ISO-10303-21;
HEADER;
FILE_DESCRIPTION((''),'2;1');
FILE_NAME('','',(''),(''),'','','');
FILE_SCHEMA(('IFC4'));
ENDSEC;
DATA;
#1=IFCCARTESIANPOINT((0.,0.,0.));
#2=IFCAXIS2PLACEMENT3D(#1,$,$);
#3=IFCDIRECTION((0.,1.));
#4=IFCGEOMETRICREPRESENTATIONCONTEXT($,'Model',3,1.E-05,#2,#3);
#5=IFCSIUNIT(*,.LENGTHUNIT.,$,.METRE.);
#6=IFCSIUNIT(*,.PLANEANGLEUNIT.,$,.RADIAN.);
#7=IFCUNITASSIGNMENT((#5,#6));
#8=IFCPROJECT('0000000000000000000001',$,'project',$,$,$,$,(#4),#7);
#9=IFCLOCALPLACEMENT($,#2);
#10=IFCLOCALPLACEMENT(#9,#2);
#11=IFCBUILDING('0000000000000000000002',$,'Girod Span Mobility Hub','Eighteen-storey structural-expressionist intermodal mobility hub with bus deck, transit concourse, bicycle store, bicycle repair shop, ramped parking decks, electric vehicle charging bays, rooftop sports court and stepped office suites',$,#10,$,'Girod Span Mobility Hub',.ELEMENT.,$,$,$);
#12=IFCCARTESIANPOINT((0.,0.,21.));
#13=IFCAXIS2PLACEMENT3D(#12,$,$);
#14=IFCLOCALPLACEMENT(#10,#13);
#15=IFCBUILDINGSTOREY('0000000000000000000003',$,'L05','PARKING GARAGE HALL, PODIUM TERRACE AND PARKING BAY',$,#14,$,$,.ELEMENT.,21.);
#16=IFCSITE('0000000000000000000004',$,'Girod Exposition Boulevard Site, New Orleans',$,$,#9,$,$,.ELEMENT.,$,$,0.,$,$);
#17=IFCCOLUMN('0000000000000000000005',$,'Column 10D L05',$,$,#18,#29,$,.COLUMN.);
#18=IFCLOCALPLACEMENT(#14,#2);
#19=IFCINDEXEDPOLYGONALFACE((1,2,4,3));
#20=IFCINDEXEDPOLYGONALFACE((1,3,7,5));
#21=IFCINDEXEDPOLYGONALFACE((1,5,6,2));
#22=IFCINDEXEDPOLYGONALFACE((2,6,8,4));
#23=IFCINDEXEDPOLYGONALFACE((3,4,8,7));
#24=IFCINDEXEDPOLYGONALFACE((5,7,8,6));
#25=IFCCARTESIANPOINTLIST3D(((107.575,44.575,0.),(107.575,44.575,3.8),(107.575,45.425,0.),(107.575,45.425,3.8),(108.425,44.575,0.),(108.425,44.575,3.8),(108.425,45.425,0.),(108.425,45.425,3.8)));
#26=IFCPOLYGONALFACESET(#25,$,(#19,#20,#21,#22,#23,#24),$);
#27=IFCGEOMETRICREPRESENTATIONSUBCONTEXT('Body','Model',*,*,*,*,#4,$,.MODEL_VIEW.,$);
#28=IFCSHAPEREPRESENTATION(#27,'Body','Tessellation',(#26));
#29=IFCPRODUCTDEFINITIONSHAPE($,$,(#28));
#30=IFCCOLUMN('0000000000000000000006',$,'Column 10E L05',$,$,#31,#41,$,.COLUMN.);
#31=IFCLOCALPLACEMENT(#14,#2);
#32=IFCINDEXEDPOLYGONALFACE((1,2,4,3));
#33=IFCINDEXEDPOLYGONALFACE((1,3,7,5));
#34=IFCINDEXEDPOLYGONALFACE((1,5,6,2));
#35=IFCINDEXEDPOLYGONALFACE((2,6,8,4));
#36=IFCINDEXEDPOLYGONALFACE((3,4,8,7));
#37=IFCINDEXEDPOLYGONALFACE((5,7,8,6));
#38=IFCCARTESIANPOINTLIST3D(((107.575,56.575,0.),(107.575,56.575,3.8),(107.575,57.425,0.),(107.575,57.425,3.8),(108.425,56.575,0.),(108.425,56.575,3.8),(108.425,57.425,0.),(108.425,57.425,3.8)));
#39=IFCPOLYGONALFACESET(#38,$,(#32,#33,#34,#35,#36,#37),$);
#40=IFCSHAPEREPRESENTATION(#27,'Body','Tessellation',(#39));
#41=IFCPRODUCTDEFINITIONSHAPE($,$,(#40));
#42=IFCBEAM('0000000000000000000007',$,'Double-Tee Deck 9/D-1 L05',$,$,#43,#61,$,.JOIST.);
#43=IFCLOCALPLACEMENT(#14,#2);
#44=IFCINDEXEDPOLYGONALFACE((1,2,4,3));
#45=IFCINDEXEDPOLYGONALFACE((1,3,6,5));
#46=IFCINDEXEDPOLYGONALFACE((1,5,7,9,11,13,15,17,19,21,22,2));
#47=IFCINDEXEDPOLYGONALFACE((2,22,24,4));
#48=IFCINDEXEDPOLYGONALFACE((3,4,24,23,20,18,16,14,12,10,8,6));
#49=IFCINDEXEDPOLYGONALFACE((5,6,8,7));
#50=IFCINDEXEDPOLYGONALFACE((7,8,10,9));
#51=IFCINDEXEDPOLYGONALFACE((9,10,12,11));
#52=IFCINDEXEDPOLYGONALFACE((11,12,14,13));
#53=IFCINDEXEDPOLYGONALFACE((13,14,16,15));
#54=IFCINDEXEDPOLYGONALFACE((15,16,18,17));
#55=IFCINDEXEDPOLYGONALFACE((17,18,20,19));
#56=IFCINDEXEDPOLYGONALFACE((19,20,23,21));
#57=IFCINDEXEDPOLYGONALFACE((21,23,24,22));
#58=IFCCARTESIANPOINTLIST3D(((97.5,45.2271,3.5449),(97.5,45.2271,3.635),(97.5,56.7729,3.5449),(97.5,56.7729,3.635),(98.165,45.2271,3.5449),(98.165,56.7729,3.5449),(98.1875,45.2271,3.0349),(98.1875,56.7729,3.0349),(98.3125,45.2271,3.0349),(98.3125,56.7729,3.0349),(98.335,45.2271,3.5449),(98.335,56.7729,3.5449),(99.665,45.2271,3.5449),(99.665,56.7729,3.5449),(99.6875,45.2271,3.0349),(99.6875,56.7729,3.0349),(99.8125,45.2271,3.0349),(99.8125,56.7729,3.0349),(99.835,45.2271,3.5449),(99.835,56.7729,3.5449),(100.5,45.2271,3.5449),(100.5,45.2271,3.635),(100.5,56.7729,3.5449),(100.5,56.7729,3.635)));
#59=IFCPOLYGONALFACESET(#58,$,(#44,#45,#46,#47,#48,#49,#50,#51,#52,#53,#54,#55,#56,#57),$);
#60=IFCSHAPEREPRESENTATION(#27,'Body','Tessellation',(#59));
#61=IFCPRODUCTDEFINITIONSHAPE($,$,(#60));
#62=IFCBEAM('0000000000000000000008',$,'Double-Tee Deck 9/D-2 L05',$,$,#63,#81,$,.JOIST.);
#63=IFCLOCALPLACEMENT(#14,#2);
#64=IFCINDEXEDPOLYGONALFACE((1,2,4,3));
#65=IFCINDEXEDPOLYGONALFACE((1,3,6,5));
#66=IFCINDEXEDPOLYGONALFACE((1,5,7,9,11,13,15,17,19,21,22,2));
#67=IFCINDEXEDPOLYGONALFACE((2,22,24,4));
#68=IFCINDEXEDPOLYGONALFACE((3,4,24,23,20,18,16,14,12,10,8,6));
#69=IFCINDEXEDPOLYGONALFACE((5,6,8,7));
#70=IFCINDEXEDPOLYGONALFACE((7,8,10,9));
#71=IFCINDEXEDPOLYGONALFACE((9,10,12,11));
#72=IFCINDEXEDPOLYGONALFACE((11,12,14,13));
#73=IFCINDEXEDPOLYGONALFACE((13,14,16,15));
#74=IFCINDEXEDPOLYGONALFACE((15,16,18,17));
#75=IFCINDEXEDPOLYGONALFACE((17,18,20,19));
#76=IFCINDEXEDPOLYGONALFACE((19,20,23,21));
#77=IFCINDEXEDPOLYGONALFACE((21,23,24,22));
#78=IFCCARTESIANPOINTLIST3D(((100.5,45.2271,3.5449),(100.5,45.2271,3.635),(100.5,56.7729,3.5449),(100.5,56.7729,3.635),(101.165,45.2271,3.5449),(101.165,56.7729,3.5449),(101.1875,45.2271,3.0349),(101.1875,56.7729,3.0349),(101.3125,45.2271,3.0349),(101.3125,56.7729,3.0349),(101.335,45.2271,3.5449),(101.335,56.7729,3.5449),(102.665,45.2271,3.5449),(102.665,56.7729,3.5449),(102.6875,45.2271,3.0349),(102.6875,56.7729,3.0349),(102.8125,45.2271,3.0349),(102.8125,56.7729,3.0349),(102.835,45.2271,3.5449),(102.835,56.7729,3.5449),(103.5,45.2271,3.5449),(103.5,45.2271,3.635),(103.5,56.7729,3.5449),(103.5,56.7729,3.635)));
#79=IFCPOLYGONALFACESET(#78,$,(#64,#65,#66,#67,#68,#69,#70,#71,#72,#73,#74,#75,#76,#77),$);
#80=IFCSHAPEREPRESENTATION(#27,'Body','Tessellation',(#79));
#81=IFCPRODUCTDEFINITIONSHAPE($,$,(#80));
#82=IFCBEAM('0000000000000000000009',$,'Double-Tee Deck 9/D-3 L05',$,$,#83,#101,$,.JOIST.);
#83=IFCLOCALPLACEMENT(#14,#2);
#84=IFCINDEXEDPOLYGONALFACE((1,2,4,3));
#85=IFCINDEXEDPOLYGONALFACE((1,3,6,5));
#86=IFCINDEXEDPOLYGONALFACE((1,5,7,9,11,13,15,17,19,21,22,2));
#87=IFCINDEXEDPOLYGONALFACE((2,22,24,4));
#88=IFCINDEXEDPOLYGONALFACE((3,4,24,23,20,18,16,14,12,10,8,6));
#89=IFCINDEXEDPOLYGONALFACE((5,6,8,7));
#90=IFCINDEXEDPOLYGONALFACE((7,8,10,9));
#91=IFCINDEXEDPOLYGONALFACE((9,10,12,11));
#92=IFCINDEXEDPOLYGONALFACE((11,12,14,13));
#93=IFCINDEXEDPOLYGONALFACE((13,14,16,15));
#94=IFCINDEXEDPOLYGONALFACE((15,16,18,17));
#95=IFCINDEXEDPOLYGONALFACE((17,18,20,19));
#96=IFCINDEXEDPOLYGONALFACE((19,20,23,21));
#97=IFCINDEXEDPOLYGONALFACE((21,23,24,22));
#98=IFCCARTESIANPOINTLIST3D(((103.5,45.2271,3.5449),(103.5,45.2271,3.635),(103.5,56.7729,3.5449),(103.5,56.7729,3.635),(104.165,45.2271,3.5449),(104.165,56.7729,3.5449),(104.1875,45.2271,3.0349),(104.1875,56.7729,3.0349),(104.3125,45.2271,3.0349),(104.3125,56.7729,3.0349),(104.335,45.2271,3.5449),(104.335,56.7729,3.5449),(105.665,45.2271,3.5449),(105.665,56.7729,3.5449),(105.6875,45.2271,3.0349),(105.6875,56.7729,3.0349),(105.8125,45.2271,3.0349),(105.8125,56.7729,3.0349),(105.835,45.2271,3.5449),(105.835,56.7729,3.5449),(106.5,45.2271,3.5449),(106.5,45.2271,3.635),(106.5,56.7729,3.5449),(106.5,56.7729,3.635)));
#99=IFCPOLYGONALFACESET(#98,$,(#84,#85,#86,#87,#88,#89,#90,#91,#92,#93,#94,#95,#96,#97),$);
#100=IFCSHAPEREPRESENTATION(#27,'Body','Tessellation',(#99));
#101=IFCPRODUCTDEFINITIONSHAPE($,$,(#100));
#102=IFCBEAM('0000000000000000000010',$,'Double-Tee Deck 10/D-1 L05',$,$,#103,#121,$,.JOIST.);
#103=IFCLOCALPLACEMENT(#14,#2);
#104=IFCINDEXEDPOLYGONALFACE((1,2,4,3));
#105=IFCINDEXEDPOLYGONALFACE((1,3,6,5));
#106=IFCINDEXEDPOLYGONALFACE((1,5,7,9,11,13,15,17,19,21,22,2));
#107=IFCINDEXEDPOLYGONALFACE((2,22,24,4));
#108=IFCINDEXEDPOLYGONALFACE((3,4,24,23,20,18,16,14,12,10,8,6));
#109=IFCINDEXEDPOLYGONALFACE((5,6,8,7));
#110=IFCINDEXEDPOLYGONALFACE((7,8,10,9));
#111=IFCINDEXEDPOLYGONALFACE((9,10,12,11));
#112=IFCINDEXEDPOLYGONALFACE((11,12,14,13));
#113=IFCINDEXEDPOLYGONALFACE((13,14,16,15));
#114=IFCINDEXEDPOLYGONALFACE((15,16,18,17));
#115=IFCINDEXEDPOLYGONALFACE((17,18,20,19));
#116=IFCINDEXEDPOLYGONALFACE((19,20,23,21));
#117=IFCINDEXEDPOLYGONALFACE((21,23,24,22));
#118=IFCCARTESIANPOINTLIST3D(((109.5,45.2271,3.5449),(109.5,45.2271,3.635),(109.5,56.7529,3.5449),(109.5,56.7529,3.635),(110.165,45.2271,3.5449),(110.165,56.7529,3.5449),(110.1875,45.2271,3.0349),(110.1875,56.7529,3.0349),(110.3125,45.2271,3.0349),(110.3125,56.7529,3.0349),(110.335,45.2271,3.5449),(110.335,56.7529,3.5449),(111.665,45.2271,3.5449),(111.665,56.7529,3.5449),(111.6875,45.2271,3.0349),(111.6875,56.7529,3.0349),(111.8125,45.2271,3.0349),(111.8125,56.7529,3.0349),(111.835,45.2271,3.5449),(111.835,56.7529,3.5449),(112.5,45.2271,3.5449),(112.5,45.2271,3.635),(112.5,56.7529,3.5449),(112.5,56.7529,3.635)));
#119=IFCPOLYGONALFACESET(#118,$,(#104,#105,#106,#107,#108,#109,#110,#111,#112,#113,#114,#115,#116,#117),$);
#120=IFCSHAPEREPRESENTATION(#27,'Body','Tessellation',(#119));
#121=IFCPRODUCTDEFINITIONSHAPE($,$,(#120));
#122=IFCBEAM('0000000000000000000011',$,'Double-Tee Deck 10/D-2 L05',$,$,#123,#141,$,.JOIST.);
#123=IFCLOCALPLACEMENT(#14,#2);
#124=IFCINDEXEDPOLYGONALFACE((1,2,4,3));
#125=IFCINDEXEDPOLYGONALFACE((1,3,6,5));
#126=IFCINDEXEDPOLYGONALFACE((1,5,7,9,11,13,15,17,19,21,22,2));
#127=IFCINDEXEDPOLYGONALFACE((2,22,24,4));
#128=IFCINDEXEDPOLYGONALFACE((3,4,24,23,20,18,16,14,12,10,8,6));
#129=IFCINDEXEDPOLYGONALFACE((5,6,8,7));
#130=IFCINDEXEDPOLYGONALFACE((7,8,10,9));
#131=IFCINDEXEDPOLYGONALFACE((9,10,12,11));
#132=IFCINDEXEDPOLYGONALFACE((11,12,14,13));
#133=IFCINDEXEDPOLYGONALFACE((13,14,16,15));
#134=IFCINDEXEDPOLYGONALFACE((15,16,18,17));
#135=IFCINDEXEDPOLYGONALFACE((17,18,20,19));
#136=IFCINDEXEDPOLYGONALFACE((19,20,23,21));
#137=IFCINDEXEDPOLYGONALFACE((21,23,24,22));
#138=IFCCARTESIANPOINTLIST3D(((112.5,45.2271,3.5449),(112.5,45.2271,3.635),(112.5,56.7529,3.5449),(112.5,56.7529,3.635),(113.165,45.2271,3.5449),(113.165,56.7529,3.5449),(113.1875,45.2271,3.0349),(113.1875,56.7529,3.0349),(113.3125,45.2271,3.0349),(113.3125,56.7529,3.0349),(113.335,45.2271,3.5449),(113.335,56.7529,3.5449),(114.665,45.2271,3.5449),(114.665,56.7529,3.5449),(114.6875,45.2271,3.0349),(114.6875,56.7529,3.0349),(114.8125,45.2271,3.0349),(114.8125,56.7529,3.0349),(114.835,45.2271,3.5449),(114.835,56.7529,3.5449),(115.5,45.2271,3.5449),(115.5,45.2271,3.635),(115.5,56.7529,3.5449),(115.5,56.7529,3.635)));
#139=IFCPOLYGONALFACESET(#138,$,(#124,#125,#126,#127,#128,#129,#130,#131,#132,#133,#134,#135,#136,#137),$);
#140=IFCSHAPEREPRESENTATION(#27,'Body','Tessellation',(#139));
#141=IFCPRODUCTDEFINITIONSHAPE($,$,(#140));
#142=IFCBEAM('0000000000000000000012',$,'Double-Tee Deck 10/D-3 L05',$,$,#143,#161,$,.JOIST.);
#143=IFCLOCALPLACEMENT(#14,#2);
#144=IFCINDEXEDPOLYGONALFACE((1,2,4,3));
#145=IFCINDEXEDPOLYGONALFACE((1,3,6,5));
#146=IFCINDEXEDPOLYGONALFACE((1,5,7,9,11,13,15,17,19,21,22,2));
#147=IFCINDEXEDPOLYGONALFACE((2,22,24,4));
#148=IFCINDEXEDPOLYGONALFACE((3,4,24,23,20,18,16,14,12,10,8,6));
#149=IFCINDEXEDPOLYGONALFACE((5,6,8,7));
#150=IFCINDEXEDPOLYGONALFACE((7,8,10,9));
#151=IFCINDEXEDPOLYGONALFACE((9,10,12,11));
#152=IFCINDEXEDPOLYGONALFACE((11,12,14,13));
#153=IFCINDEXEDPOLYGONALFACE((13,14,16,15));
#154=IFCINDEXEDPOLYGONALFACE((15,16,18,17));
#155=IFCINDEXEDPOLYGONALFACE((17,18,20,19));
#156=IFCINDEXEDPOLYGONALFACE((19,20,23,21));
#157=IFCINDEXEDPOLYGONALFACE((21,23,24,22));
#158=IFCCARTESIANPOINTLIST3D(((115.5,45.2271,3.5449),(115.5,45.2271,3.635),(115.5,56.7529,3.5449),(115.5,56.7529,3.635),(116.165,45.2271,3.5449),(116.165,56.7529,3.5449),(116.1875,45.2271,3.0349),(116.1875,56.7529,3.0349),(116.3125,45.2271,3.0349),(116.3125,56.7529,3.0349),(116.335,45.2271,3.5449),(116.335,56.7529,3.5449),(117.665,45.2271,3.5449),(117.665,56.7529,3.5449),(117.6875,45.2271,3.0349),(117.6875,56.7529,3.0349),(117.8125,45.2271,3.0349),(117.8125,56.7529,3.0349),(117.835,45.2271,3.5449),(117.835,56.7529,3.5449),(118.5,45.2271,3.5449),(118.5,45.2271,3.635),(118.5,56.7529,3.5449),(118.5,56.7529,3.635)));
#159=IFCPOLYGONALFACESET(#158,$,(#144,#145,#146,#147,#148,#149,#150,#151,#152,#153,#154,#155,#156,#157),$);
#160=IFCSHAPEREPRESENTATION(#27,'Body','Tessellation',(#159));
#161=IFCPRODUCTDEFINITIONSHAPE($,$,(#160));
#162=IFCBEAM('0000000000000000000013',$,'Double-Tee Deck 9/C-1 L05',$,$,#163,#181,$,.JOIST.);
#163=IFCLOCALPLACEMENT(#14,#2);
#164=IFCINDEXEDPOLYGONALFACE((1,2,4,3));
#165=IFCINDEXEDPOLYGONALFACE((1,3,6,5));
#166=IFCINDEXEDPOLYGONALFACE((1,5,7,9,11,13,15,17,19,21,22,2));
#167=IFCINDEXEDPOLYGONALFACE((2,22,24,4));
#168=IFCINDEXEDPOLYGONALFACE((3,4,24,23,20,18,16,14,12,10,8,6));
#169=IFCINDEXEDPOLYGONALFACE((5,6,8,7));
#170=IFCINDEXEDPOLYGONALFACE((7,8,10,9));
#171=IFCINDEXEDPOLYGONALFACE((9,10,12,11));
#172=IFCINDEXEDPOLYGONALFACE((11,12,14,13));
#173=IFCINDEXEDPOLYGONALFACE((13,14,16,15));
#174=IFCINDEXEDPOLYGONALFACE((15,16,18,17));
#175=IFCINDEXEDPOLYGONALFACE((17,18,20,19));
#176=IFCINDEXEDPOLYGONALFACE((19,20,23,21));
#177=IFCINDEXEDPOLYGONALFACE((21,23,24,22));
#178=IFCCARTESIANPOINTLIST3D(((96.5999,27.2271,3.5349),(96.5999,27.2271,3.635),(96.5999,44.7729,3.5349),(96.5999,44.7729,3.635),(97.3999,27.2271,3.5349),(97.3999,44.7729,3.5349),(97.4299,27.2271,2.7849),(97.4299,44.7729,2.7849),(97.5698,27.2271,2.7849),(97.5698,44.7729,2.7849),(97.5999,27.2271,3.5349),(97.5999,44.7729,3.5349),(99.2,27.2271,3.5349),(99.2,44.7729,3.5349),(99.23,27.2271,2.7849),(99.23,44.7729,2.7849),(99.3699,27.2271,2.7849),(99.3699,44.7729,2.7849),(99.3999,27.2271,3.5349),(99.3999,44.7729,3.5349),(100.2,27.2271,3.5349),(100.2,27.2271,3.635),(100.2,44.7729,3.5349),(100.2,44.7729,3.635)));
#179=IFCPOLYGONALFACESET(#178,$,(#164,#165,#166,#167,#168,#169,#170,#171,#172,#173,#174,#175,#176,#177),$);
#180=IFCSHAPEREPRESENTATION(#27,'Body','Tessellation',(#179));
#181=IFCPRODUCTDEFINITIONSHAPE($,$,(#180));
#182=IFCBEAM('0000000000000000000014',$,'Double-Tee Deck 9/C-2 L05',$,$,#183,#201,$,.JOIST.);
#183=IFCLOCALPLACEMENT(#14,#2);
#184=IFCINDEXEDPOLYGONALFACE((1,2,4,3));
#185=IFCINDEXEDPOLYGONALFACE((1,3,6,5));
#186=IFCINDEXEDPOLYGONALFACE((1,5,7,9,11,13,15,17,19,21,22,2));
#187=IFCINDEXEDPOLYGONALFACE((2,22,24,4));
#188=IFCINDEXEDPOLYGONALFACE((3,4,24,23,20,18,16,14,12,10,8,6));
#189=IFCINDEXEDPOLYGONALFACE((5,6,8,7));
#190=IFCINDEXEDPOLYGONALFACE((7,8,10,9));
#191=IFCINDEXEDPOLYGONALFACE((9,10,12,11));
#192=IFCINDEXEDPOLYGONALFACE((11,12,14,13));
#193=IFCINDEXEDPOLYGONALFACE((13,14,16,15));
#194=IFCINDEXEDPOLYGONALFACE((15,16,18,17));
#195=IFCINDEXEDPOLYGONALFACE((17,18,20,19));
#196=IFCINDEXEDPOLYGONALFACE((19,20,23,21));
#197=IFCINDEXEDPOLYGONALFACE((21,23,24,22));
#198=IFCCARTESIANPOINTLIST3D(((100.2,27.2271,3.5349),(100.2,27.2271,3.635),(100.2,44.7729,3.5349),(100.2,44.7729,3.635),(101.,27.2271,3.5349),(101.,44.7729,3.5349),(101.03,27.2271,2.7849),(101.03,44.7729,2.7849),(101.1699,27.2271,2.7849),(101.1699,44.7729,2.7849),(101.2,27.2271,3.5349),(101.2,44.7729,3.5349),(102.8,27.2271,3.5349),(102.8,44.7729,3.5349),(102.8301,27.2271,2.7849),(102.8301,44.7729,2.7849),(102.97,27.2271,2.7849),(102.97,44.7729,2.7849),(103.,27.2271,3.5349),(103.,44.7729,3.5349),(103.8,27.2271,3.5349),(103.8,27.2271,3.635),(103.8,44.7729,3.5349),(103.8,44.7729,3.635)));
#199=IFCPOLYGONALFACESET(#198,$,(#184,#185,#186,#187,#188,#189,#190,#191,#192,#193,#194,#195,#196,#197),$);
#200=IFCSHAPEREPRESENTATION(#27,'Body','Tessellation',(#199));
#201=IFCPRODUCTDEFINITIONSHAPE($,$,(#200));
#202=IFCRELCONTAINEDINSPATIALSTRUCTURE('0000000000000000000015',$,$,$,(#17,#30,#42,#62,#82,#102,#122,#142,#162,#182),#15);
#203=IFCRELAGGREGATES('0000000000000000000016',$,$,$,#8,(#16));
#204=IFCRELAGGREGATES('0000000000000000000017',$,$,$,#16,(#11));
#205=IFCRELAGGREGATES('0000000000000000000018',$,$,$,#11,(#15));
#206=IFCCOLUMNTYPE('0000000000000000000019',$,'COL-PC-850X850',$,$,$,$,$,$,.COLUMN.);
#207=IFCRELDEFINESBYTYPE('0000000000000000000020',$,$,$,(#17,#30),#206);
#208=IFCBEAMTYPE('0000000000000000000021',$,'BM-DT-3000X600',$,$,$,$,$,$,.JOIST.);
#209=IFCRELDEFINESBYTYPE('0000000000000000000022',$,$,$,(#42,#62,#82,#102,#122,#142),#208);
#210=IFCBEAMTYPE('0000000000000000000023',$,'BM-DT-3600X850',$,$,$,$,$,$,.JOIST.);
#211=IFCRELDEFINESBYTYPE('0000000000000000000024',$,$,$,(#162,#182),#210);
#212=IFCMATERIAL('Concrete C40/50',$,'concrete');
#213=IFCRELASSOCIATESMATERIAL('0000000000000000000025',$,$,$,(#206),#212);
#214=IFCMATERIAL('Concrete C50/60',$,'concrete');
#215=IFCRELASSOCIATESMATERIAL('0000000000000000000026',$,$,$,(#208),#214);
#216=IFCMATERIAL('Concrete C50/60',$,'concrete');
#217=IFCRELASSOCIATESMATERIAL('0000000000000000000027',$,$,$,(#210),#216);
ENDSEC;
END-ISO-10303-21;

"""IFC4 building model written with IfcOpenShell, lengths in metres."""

from ifc_helpers import new_model, si_unit, direction, frame, origin, origin_2d, place, context, subcontext, project, spatial, polyline, rectangle, outline, extrude, material, material_profile, profile_set, type_object, element, save


model = new_model("IFC4")

# Units and contexts
model_context = context("Model", 3, precision=1e-05, world=origin(), true_north=direction((0.0, 1.0)))
body_context = subcontext(model_context, "Body", "Model", "MODEL_VIEW")
ifc_project = project(units=[si_unit("LENGTHUNIT", "METRE"), si_unit("PLANEANGLEUNIT", "RADIAN")], contexts=[model_context])

# Site, building, storey
site_placement = place(None, origin())
site = spatial("IfcSite", under=ifc_project, at=site_placement, Name="Girod Exposition Boulevard Site, New Orleans", CompositionType="ELEMENT", RefElevation=0.0)
building_placement = place(site_placement, origin())
building = spatial("IfcBuilding", under=site, at=building_placement, Name="Girod Span Mobility Hub", Description="Eighteen-storey structural-expressionist intermodal mobility hub with bus deck, transit concourse, bicycle store, bicycle repair shop, ramped parking decks, electric vehicle charging bays, rooftop sports court and stepped office suites", LongName="Girod Span Mobility Hub", CompositionType="ELEMENT")
storey_placement = place(building_placement, frame((0.0, 0.0, 21.0)))
storey = spatial("IfcBuildingStorey", under=building, at=storey_placement, Name="L05", Description="PARKING GARAGE HALL, PODIUM TERRACE AND PARKING BAY", CompositionType="ELEMENT", Elevation=21.0)

# Columns
ifc_material_1 = material(Name="Concrete C40/50", Category="concrete")
ifc_material_profile_1 = material_profile(ifc_material_1, rectangle(XDim=0.8501, YDim=0.8501, at=origin_2d()), Name="PC-COL-850X850")
ifc_profile_set_1 = profile_set([ifc_material_profile_1], Name="Concrete C40/50")
column_type = type_object("IfcColumnType", Name="COL-PC-850X850", PredefinedType="COLUMN", material=ifc_profile_set_1)
for number, where, z_axis, x_axis, name in (
    (1, (108.0, 45.0, 0.0), (0.0, 0.0, 1.0), (1.0, 0.0, 0.0), "Column 10D L05"),
    (2, (108.0, 57.0, 0.0), (0.0, 0.0, 1.0), (1.0, 0.0, 0.0), "Column 10E L05"),
):
    element("IfcColumn", number, at=place(storey_placement, frame(where, z_axis=z_axis, x_axis=x_axis)), inside=storey, type_object=column_type, Name=name, PredefinedType="COLUMN", context=body_context, shape_type="SweptSolid", body=[
        extrude(rectangle(XDim=0.8501, YDim=0.8501, at=origin_2d()), origin(), (0.0, 0.0, 1.0), 3.8),
    ])

# Beams
ifc_material_2 = material(Name="Concrete C50/60", Category="concrete")
ifc_material_profile_2 = material_profile(ifc_material_2, outline(polyline([(-1.5, 0.3), (-1.5, 0.21), (-0.835, 0.21), (-0.8125, -0.3), (-0.6875, -0.3), (-0.665, 0.21), (0.665, 0.21), (0.6875, -0.3), (0.8125, -0.3), (0.835, 0.21), (1.5, 0.21), (1.5, 0.3), (-1.5, 0.3)])), Name="DT-3000X600")
ifc_profile_set_2 = profile_set([ifc_material_profile_2], Name="Concrete C50/60")
beam_type_1 = type_object("IfcBeamType", Name="BM-DT-3000X600", PredefinedType="JOIST", material=ifc_profile_set_2)
for number, where, z_axis, x_axis, name in (
    (3, (99.0, 45.2271, 3.335), (0.0, 1.0, 0.0), (-1.0, 0.0, 0.0), "Double-Tee Deck 9/D-1 L05"),
    (4, (102.0, 45.2271, 3.335), (0.0, 1.0, 0.0), (-1.0, 0.0, 0.0), "Double-Tee Deck 9/D-2 L05"),
    (5, (105.0, 45.2271, 3.335), (0.0, 1.0, 0.0), (-1.0, 0.0, 0.0), "Double-Tee Deck 9/D-3 L05"),
):
    element("IfcBeam", number, at=place(storey_placement, frame(where, z_axis=z_axis, x_axis=x_axis)), inside=storey, type_object=beam_type_1, Name=name, PredefinedType="JOIST", context=body_context, shape_type="SweptSolid", body=[
        extrude(outline(polyline([(-1.5, 0.3), (-1.5, 0.21), (-0.835, 0.21), (-0.8125, -0.3), (-0.6875, -0.3), (-0.665, 0.21), (0.665, 0.21), (0.6875, -0.3), (0.8125, -0.3), (0.835, 0.21), (1.5, 0.21), (1.5, 0.3), (-1.5, 0.3)])), origin(), (0.0, 0.0, 1.0), 11.5459),
    ])
for number, where, z_axis, x_axis, name in (
    (6, (111.0, 45.2271, 3.335), (0.0, 1.0, 0.0), (-1.0, 0.0, 0.0), "Double-Tee Deck 10/D-1 L05"),
    (7, (114.0, 45.2271, 3.335), (0.0, 1.0, 0.0), (-1.0, 0.0, 0.0), "Double-Tee Deck 10/D-2 L05"),
    (8, (117.0, 45.2271, 3.335), (0.0, 1.0, 0.0), (-1.0, 0.0, 0.0), "Double-Tee Deck 10/D-3 L05"),
):
    element("IfcBeam", number, at=place(storey_placement, frame(where, z_axis=z_axis, x_axis=x_axis)), inside=storey, type_object=beam_type_1, Name=name, PredefinedType="JOIST", context=body_context, shape_type="SweptSolid", body=[
        extrude(outline(polyline([(-1.5, 0.3), (-1.5, 0.21), (-0.835, 0.21), (-0.8125, -0.3), (-0.6875, -0.3), (-0.665, 0.21), (0.665, 0.21), (0.6875, -0.3), (0.8125, -0.3), (0.835, 0.21), (1.5, 0.21), (1.5, 0.3), (-1.5, 0.3)])), origin(), (0.0, 0.0, 1.0), 11.5259),
    ])
ifc_material_3 = material(Name="Concrete C50/60", Category="concrete")
ifc_material_profile_3 = material_profile(ifc_material_3, outline(polyline([(-1.8, 0.425), (-1.8, 0.325), (-1.0, 0.325), (-0.97, -0.425), (-0.8301, -0.425), (-0.8, 0.325), (0.8, 0.325), (0.8301, -0.425), (0.97, -0.425), (1.0, 0.325), (1.8, 0.325), (1.8, 0.425), (-1.8, 0.425)])), Name="DT-3600X850")
ifc_profile_set_3 = profile_set([ifc_material_profile_3], Name="Concrete C50/60")
beam_type_2 = type_object("IfcBeamType", Name="BM-DT-3600X850", PredefinedType="JOIST", material=ifc_profile_set_3)
for number, where, z_axis, x_axis, name in (
    (9, (98.3999, 27.2271, 3.21), (0.0, 1.0, 0.0), (-1.0, 0.0, 0.0), "Double-Tee Deck 9/C-1 L05"),
    (10, (102.0, 27.2271, 3.21), (0.0, 1.0, 0.0), (-1.0, 0.0, 0.0), "Double-Tee Deck 9/C-2 L05"),
):
    element("IfcBeam", number, at=place(storey_placement, frame(where, z_axis=z_axis, x_axis=x_axis)), inside=storey, type_object=beam_type_2, Name=name, PredefinedType="JOIST", context=body_context, shape_type="SweptSolid", body=[
        extrude(outline(polyline([(-1.8, 0.425), (-1.8, 0.325), (-1.0, 0.325), (-0.97, -0.425), (-0.8301, -0.425), (-0.8, 0.325), (0.8, 0.325), (0.8301, -0.425), (0.97, -0.425), (1.0, 0.325), (1.8, 0.325), (1.8, 0.425), (-1.8, 0.425)])), origin(), (0.0, 0.0, 1.0), 17.5459),
    ])

save(model, "model.ifc")
